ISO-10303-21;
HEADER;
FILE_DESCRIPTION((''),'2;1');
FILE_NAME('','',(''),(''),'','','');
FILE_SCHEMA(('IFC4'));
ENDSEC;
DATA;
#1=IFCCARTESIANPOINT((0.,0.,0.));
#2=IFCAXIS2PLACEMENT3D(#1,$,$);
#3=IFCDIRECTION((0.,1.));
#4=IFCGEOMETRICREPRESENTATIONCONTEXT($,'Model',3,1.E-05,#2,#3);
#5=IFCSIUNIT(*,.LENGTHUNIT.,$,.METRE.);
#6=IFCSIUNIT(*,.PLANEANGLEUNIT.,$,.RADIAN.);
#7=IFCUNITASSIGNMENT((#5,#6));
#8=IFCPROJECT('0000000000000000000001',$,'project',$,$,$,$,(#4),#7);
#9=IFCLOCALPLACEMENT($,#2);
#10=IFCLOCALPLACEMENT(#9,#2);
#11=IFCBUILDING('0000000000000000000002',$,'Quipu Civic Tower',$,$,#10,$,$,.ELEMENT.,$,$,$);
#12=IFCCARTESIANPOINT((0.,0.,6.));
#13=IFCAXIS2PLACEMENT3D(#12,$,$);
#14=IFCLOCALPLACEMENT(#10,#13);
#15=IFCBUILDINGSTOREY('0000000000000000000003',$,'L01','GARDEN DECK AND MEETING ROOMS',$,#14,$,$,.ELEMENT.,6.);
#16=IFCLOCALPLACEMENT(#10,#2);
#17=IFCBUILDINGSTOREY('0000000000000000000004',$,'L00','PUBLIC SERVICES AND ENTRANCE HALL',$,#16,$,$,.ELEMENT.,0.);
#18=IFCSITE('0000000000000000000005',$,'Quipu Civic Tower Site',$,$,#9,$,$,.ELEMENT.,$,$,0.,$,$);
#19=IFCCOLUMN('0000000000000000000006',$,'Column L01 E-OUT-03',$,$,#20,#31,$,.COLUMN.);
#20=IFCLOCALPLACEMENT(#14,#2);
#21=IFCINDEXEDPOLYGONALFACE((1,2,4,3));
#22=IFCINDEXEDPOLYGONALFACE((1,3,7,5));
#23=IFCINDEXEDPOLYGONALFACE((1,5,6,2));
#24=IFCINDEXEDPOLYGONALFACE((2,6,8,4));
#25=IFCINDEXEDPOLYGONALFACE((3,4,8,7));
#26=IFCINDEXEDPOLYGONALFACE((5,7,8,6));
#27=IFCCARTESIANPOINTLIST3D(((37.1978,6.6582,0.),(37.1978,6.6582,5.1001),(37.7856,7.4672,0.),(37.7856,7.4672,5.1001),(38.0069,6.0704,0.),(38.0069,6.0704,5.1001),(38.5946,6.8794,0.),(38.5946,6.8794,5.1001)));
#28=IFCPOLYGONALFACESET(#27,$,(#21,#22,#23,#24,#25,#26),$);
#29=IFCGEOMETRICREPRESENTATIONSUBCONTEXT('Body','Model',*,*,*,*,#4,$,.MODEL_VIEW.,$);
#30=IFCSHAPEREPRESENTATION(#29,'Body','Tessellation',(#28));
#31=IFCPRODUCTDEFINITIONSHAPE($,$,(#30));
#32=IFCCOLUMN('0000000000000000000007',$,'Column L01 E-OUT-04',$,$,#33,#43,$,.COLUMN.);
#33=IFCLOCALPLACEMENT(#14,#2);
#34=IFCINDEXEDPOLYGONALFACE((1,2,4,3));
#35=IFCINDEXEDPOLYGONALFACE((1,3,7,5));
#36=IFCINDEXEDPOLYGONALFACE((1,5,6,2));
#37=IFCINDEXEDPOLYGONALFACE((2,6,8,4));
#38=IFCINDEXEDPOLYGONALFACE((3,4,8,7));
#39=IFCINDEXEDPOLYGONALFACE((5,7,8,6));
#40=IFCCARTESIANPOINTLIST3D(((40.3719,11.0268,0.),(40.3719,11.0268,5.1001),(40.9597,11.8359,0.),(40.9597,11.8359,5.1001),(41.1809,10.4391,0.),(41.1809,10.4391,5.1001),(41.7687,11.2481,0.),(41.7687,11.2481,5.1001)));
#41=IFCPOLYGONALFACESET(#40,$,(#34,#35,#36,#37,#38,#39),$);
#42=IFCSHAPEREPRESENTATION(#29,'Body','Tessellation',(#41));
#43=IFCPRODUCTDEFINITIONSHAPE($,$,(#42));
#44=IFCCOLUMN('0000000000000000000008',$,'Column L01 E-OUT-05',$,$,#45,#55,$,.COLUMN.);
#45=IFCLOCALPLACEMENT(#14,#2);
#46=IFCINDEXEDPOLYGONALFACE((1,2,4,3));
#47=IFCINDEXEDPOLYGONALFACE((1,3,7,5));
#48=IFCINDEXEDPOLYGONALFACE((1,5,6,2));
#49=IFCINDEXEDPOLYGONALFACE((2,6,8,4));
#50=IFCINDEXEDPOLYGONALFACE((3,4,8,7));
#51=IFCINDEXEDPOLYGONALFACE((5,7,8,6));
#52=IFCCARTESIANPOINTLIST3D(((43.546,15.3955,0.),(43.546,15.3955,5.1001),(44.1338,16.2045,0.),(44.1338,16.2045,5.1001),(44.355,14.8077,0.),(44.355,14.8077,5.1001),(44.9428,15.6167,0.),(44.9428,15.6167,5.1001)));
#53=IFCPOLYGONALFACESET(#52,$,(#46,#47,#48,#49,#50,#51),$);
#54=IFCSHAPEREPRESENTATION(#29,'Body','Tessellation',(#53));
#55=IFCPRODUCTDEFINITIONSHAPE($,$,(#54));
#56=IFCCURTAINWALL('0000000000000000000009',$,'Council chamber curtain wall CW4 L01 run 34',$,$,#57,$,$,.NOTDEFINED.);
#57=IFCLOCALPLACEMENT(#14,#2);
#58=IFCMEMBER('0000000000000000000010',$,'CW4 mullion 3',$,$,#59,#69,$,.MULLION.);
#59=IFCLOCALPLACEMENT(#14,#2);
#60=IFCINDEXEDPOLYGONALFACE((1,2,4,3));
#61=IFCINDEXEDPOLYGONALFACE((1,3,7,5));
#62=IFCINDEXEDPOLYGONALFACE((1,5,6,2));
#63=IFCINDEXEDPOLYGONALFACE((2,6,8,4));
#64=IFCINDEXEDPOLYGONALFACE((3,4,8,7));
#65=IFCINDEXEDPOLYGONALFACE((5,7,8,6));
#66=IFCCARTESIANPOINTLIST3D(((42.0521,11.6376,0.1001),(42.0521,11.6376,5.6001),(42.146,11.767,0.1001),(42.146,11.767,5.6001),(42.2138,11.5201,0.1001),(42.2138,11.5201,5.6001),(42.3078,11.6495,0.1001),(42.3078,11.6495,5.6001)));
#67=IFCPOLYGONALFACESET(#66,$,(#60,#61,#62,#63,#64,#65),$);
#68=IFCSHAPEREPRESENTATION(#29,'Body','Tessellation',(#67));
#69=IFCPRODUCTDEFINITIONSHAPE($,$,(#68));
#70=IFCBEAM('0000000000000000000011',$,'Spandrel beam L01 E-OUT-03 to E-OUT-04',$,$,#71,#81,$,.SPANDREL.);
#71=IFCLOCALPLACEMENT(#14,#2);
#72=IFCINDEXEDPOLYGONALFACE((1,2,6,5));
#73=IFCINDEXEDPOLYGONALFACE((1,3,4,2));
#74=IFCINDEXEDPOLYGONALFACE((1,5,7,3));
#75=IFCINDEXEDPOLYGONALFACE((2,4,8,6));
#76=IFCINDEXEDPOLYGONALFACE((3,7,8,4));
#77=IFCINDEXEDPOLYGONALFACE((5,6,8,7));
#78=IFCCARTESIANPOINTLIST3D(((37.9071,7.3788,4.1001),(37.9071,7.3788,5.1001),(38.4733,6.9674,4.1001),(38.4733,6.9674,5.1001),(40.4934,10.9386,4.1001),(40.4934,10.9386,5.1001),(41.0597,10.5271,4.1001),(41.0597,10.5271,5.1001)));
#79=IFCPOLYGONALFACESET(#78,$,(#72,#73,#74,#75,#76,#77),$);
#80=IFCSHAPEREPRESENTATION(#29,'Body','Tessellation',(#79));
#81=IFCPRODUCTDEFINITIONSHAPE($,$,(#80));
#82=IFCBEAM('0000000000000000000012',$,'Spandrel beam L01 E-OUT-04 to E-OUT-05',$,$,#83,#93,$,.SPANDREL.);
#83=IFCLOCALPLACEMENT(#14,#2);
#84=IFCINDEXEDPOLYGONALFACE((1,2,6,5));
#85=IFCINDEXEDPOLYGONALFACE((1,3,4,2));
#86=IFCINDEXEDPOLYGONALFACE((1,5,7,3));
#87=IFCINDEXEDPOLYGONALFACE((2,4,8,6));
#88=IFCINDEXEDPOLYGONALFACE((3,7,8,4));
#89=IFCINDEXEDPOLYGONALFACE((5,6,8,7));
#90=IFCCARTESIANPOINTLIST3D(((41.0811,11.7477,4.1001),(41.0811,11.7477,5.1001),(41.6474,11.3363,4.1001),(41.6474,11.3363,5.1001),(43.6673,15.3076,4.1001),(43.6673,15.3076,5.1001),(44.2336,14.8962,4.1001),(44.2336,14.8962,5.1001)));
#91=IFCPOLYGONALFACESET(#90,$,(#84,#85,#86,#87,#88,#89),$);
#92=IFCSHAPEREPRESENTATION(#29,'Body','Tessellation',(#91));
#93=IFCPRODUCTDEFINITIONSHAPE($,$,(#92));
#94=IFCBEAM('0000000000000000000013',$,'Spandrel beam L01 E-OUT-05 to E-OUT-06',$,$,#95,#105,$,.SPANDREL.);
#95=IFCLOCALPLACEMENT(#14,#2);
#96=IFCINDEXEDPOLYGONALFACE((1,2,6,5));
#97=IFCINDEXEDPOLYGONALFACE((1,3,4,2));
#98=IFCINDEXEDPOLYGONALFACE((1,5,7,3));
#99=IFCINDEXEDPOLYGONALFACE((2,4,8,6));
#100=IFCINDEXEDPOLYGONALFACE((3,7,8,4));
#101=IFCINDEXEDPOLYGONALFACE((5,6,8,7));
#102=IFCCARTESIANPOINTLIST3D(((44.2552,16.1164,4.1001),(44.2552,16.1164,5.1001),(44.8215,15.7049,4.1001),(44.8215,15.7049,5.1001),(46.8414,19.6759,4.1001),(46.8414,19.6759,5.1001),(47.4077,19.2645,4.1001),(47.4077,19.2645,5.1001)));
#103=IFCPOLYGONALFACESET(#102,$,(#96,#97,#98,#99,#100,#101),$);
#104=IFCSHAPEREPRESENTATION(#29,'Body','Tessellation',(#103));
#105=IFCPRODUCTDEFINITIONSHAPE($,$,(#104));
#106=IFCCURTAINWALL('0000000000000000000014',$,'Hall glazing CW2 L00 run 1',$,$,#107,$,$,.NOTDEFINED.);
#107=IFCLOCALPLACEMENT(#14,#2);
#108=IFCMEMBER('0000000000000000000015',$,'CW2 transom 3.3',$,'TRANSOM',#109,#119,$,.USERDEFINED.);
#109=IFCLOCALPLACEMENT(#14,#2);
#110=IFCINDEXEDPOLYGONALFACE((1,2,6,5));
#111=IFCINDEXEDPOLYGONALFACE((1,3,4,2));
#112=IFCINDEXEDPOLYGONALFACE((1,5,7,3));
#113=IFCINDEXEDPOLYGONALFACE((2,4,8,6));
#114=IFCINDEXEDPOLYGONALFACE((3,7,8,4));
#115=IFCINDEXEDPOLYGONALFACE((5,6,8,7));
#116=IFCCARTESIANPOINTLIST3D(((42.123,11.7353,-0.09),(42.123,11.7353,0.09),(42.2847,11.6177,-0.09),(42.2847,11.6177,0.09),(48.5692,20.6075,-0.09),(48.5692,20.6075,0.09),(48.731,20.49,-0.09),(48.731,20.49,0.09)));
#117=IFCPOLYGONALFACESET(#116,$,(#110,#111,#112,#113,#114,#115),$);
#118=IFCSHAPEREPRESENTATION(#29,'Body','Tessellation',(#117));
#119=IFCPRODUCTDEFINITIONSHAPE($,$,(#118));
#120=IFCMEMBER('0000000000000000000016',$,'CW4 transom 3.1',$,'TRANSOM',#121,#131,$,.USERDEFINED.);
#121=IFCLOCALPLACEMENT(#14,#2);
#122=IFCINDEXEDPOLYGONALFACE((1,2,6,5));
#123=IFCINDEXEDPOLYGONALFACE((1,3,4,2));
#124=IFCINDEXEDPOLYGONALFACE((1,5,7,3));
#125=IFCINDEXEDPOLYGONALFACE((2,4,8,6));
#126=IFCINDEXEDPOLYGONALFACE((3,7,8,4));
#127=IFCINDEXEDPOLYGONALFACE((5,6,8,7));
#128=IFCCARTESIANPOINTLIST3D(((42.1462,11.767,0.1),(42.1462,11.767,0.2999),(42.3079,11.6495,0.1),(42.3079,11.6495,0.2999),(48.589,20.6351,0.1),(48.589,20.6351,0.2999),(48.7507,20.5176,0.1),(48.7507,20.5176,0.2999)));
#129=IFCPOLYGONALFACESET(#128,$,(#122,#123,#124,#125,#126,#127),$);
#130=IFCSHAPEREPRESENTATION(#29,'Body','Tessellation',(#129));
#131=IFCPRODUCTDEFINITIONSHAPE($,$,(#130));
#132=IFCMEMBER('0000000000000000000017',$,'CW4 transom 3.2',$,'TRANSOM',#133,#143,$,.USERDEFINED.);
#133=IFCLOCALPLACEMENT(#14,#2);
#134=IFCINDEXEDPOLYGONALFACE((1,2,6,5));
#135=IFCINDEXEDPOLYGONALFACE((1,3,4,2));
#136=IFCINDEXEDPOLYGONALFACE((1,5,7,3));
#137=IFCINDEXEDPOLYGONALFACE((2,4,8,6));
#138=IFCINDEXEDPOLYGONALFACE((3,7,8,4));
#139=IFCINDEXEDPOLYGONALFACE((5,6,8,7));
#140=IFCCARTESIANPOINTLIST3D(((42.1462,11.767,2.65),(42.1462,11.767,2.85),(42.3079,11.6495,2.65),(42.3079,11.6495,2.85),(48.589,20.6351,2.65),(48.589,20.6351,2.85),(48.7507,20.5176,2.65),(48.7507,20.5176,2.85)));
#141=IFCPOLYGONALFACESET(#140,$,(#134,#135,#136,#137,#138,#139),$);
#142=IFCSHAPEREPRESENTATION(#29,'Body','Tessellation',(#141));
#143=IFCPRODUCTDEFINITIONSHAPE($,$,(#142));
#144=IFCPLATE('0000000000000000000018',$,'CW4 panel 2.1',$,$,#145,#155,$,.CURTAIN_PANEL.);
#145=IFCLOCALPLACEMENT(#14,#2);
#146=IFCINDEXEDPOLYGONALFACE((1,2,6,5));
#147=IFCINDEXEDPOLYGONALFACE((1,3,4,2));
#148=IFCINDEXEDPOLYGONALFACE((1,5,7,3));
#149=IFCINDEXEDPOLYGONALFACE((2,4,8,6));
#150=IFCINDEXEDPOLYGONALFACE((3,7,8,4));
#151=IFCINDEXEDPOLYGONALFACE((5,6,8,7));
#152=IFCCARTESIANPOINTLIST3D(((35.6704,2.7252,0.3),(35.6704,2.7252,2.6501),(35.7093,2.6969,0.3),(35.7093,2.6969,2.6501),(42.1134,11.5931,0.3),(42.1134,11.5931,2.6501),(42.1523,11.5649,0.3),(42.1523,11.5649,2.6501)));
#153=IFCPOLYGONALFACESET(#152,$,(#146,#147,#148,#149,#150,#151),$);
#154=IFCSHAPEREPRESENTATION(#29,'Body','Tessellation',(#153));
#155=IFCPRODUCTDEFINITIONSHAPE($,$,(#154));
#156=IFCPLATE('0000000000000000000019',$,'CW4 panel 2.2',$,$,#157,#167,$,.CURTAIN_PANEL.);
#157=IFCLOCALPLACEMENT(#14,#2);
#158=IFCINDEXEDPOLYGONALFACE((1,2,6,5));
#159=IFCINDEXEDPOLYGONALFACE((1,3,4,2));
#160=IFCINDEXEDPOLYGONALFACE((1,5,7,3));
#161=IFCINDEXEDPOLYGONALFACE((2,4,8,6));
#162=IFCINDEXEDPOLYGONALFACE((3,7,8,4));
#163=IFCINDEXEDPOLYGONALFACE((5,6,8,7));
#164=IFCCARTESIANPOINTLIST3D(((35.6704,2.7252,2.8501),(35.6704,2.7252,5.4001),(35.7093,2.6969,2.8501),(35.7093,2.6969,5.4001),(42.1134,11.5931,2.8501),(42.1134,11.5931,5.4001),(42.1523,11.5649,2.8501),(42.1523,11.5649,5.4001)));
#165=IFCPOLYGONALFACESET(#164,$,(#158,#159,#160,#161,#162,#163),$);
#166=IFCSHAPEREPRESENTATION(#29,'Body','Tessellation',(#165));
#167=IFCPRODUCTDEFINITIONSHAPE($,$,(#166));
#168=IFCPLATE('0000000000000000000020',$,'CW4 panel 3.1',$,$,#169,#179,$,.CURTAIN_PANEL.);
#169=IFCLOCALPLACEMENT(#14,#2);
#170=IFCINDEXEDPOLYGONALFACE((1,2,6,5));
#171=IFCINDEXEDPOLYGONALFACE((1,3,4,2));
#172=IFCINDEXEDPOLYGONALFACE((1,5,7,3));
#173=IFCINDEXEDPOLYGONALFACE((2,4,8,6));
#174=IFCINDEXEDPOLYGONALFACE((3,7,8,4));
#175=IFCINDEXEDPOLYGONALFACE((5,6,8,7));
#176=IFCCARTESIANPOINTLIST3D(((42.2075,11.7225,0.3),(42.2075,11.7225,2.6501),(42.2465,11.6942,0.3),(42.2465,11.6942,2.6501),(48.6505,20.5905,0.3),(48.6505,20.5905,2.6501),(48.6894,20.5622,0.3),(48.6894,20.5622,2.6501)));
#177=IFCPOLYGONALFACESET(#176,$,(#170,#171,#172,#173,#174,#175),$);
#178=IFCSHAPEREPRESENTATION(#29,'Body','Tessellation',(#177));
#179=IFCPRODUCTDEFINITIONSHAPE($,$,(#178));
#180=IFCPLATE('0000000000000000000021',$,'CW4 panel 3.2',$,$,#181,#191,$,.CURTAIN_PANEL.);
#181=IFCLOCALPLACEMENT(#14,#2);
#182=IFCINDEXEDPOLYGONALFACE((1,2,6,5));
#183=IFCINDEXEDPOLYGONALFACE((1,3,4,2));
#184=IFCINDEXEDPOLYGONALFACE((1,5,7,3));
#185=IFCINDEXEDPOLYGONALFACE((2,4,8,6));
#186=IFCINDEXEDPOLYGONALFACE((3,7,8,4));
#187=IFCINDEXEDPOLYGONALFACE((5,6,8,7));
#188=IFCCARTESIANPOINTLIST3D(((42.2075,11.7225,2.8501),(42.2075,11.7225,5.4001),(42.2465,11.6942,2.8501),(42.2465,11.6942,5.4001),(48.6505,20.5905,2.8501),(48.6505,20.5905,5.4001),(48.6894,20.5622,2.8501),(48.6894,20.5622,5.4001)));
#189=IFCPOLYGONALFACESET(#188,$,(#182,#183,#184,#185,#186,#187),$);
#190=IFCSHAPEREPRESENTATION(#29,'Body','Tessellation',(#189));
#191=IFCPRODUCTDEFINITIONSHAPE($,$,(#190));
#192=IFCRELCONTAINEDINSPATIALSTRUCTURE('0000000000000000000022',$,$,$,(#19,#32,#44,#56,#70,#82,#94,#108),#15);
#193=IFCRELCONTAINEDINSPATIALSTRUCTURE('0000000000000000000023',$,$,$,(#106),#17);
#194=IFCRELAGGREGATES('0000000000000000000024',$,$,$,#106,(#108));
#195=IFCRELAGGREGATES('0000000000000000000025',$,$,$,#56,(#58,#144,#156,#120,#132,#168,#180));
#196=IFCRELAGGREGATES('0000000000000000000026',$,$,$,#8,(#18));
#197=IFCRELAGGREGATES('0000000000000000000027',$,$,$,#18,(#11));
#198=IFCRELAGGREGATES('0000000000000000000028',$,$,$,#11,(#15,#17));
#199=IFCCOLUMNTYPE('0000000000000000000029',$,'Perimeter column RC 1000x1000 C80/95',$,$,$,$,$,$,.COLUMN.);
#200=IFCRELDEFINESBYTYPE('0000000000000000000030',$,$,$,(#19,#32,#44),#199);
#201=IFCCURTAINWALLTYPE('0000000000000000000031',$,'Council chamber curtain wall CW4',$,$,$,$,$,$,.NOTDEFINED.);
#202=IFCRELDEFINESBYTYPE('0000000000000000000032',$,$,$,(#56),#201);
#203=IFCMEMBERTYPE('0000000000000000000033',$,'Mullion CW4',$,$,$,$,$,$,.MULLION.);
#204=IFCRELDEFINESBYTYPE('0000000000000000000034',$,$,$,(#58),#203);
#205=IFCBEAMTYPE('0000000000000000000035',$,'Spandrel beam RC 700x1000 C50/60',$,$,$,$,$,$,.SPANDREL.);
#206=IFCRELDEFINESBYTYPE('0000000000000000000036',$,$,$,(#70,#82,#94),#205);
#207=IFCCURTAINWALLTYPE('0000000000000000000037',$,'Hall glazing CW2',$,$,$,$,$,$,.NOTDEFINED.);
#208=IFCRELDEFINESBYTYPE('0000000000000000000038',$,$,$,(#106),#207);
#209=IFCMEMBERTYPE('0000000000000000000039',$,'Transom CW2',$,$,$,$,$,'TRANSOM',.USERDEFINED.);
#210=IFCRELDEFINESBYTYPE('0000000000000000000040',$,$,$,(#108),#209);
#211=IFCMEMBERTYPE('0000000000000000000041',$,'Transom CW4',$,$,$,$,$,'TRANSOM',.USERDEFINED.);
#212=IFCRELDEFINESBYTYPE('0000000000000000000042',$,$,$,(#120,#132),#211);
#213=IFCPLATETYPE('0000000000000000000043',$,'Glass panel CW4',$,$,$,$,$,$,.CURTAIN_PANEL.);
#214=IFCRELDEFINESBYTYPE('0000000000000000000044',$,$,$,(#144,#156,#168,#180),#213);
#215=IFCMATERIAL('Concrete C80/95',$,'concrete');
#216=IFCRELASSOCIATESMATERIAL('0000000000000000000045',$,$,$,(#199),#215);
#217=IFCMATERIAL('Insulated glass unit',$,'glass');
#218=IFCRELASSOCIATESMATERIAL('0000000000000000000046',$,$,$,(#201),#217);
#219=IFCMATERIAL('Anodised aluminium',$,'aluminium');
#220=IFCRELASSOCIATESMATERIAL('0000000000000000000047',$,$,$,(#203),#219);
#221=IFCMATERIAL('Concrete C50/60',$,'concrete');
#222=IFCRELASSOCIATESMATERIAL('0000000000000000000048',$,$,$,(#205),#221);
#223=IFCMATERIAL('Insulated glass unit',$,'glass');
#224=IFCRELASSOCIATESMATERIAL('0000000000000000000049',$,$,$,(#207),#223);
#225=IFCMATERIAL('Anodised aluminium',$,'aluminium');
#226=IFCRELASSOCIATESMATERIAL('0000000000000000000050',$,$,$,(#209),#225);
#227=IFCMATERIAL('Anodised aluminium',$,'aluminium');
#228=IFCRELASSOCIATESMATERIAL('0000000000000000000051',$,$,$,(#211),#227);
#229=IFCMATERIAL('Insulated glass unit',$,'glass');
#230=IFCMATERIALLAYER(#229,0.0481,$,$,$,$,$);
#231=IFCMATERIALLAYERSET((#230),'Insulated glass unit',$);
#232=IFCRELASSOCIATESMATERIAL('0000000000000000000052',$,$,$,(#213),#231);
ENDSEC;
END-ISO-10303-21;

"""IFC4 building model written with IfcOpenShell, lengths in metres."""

from ifc_helpers import new_model, si_unit, direction, frame, origin, origin_2d, place, context, subcontext, project, spatial, rectangle, extrude, material, layer, layer_set, material_profile, profile_set, type_object, element, aggregate, save


model = new_model("IFC4")

# Units and contexts
model_context = context("Model", 3, precision=1e-05, world=origin(), true_north=direction((0.0, 1.0)))
body_context = subcontext(model_context, "Body", "Model", "MODEL_VIEW")
ifc_project = project(units=[si_unit("LENGTHUNIT", "METRE"), si_unit("PLANEANGLEUNIT", "RADIAN")], contexts=[model_context])

# Site, building, storey
site_placement = place(None, origin())
site = spatial("IfcSite", under=ifc_project, at=site_placement, Name="Quipu Civic Tower Site", CompositionType="ELEMENT", RefElevation=0.0)
building_placement = place(site_placement, origin())
building = spatial("IfcBuilding", under=site, at=building_placement, Name="Quipu Civic Tower", CompositionType="ELEMENT")
storey_1_placement = place(building_placement, frame((0.0, 0.0, 6.0)))
storey_1 = spatial("IfcBuildingStorey", under=building, at=storey_1_placement, Name="L01", Description="GARDEN DECK AND MEETING ROOMS", CompositionType="ELEMENT", Elevation=6.0)

# Columns
ifc_material_1 = material(Name="Concrete C80/95", Category="concrete")
ifc_material_profile_1 = material_profile(ifc_material_1, rectangle(XDim=1.0, YDim=1.0, at=origin_2d()), Name="RC1000x1000")
ifc_profile_set_1 = profile_set([ifc_material_profile_1], Name="Concrete C80/95")
column_type = type_object("IfcColumnType", Name="Perimeter column RC 1000x1000 C80/95", PredefinedType="COLUMN", material=ifc_profile_set_1)
for number, where, z_axis, x_axis, name in (
    (1, (37.8962, 6.7688, 0.0), (0.0, 0.0, 1.0), (0.587785, 0.809017, 0.0), "Column L01 E-OUT-03"),
    (2, (41.0703, 11.1375, 0.0), (0.0, 0.0, 1.0), (0.587785, 0.809017, 0.0), "Column L01 E-OUT-04"),
    (3, (44.2444, 15.5061, 0.0), (0.0, 0.0, 1.0), (0.587785, 0.809017, 0.0), "Column L01 E-OUT-05"),
):
    element("IfcColumn", number, at=place(storey_1_placement, frame(where, z_axis=z_axis, x_axis=x_axis)), inside=storey_1, type_object=column_type, Name=name, PredefinedType="COLUMN", context=body_context, shape_type="SweptSolid", body=[
        extrude(rectangle(XDim=1.0, YDim=1.0, at=origin_2d()), origin(), (0.0, 0.0, 1.0), 5.1001),
    ])

# Curtain wall, member
ifc_material_2 = material(Name="Insulated glass unit", Category="glass")
curtain_wall_type_1 = type_object("IfcCurtainWallType", Name="Council chamber curtain wall CW4", PredefinedType="NOTDEFINED", material=ifc_material_2)
curtain_wall_1_placement = place(storey_1_placement, origin())
curtain_wall_1 = element("IfcCurtainWall", 4, at=curtain_wall_1_placement, inside=storey_1, type_object=curtain_wall_type_1, Name="Council chamber curtain wall CW4 L01 run 34", PredefinedType="NOTDEFINED")
ifc_material_3 = material(Name="Anodised aluminium", Category="aluminium")
ifc_material_profile_2 = material_profile(ifc_material_3, rectangle(XDim=0.2, YDim=0.1599, at=origin_2d()), Name="RECT 200x160")
ifc_profile_set_2 = profile_set([ifc_material_profile_2], Name="Anodised aluminium")
member_type_1 = type_object("IfcMemberType", Name="Mullion CW4", PredefinedType="MULLION", material=ifc_profile_set_2)
member_1_placement = place(storey_1_placement, frame((42.1799, 11.6436, 0.1001), z_axis=(0.0, 0.0, 1.0), x_axis=(-0.809017, 0.587785, 0.0)))
member_1 = element("IfcMember", 5, at=member_1_placement, type_object=member_type_1, Name="CW4 mullion 3", PredefinedType="MULLION", context=body_context, shape_type="SweptSolid", body=[
    extrude(rectangle(XDim=0.2, YDim=0.1599, at=origin_2d()), origin(), (0.0, 0.0, 1.0), 5.5),
])

# Beams
ifc_material_4 = material(Name="Concrete C50/60", Category="concrete")
ifc_material_profile_3 = material_profile(ifc_material_4, rectangle(XDim=0.7, YDim=1.0, at=origin_2d()), Name="RC700x1000")
ifc_profile_set_3 = profile_set([ifc_material_profile_3], Name="Concrete C50/60")
beam_type = type_object("IfcBeamType", Name="Spandrel beam RC 700x1000 C50/60", PredefinedType="SPANDREL", material=ifc_profile_set_3)
for number, where, z_axis, x_axis, name in (
    (6, (38.1902, 7.1731, 4.6001), (0.587796, 0.80901, 0.0), (-0.80901, 0.587796, 0.0), "Spandrel beam L01 E-OUT-03 to E-OUT-04"),
    (7, (41.3643, 11.542, 4.6001), (0.587759, 0.809036, 0.0), (-0.809036, 0.587759, 0.0), "Spandrel beam L01 E-OUT-04 to E-OUT-05"),
):
    element("IfcBeam", number, at=place(storey_1_placement, frame(where, z_axis=z_axis, x_axis=x_axis)), inside=storey_1, type_object=beam_type, Name=name, PredefinedType="SPANDREL", context=body_context, shape_type="SweptSolid", body=[
        extrude(rectangle(XDim=0.7, YDim=1.0, at=origin_2d()), origin(), (0.0, 0.0, 1.0), 4.4001),
    ])
beam_placement = place(storey_1_placement, frame((44.5383, 15.9106, 4.6001), z_axis=(0.587786, 0.809017, 0.0), x_axis=(-0.809017, 0.587786, 0.0)))
element("IfcBeam", 8, at=beam_placement, inside=storey_1, type_object=beam_type, Name="Spandrel beam L01 E-OUT-05 to E-OUT-06", PredefinedType="SPANDREL", context=body_context, shape_type="SweptSolid", body=[
    extrude(rectangle(XDim=0.7, YDim=1.0, at=origin_2d()), origin(), (0.0, 0.0, 1.0), 4.3999),
])

# Shared definitions
storey_2_placement = place(building_placement, origin())
storey_2 = spatial("IfcBuildingStorey", under=building, at=storey_2_placement, Name="L00", Description="PUBLIC SERVICES AND ENTRANCE HALL", CompositionType="ELEMENT", Elevation=0.0)

# Curtain wall, member
ifc_material_5 = material(Name="Insulated glass unit", Category="glass")
curtain_wall_type_2 = type_object("IfcCurtainWallType", Name="Hall glazing CW2", PredefinedType="NOTDEFINED", material=ifc_material_5)
curtain_wall_2_placement = place(storey_2_placement, origin())
curtain_wall_2 = element("IfcCurtainWall", 9, at=curtain_wall_2_placement, inside=storey_2, type_object=curtain_wall_type_2, Name="Hall glazing CW2 L00 run 1", PredefinedType="NOTDEFINED")
ifc_material_6 = material(Name="Anodised aluminium", Category="aluminium")
ifc_material_profile_4 = material_profile(ifc_material_6, rectangle(XDim=0.2, YDim=0.1799, at=origin_2d()), Name="RECT 200x180")
ifc_profile_set_4 = profile_set([ifc_material_profile_4], Name="Anodised aluminium")
member_type_2 = type_object("IfcMemberType", Name="Transom CW2", ElementType="TRANSOM", PredefinedType="USERDEFINED", material=ifc_profile_set_4)
member_2_placement = place(storey_1_placement, frame((42.2039, 11.6765, 0.0), z_axis=(0.587796, 0.809009, 0.0), x_axis=(-0.809009, 0.587796, 0.0)))
member_2 = element("IfcMember", 10, at=member_2_placement, inside=storey_1, type_object=member_type_2, Name="CW2 transom 3.3", ObjectType="TRANSOM", PredefinedType="USERDEFINED", context=body_context, shape_type="SweptSolid", body=[
    extrude(rectangle(XDim=0.2, YDim=0.1799, at=origin_2d()), origin(), (0.0, 0.0, 1.0), 10.9668),
])
aggregate(curtain_wall_2, [member_2])

# Members
ifc_material_7 = material(Name="Anodised aluminium", Category="aluminium")
ifc_material_profile_5 = material_profile(ifc_material_7, rectangle(XDim=0.2, YDim=0.2, at=origin_2d()), Name="RECT 200x200")
ifc_profile_set_5 = profile_set([ifc_material_profile_5], Name="Anodised aluminium")
member_type_3 = type_object("IfcMemberType", Name="Transom CW4", ElementType="TRANSOM", PredefinedType="USERDEFINED", material=ifc_profile_set_5)
member_3_placement = place(storey_1_placement, frame((42.2271, 11.7083, 0.2), z_axis=(0.587772, 0.809027, 0.0), x_axis=(-0.809027, 0.587772, 0.0)))
member_3 = element("IfcMember", 11, at=member_3_placement, type_object=member_type_3, Name="CW4 transom 3.1", ObjectType="TRANSOM", PredefinedType="USERDEFINED", context=body_context, shape_type="SweptSolid", body=[
    extrude(rectangle(XDim=0.2, YDim=0.2, at=origin_2d()), origin(), (0.0, 0.0, 1.0), 10.9614),
])
member_4_placement = place(storey_1_placement, frame((42.2271, 11.7083, 2.75), z_axis=(0.587772, 0.809027, 0.0), x_axis=(-0.809027, 0.587772, 0.0)))
member_4 = element("IfcMember", 12, at=member_4_placement, type_object=member_type_3, Name="CW4 transom 3.2", ObjectType="TRANSOM", PredefinedType="USERDEFINED", context=body_context, shape_type="SweptSolid", body=[
    extrude(rectangle(XDim=0.2, YDim=0.2, at=origin_2d()), origin(), (0.0, 0.0, 1.0), 10.9614),
])

# Plates
ifc_material_8 = material(Name="Insulated glass unit", Category="glass")
ifc_layer = layer(ifc_material_8, 0.0481)
ifc_layer_set = layer_set([ifc_layer], Name="Insulated glass unit")
plate_type_1 = type_object("IfcPlateType", Name="Glass panel CW4", PredefinedType="CURTAIN_PANEL", material=ifc_layer_set)
plate_1_placement = place(storey_1_placement, frame((38.9114, 7.145, 0.3), z_axis=(0.0, 0.0, 1.0), x_axis=(0.587785, 0.809017, 0.0)))
plate_1 = element("IfcPlate", 13, at=plate_1_placement, type_object=plate_type_1, Name="CW4 panel 2.1", PredefinedType="CURTAIN_PANEL", context=body_context, shape_type="SweptSolid", body=[
    extrude(rectangle(XDim=10.9614, YDim=0.0481, at=origin_2d()), origin(), (0.0, 0.0, 1.0), 2.3501),
])
plate_2_placement = place(storey_1_placement, frame((38.9114, 7.145, 2.8501), z_axis=(0.0, 0.0, 1.0), x_axis=(0.587785, 0.809017, 0.0)))
plate_2 = element("IfcPlate", 14, at=plate_2_placement, type_object=plate_type_1, Name="CW4 panel 2.2", PredefinedType="CURTAIN_PANEL", context=body_context, shape_type="SweptSolid", body=[
    extrude(rectangle(XDim=10.9614, YDim=0.0481, at=origin_2d()), origin(), (0.0, 0.0, 1.0), 2.55),
])
plate_3_placement = place(storey_1_placement, frame((45.4485, 16.1423, 0.3), z_axis=(0.0, 0.0, 1.0), x_axis=(0.587785, 0.809017, 0.0)))
plate_3 = element("IfcPlate", 15, at=plate_3_placement, type_object=plate_type_1, Name="CW4 panel 3.1", PredefinedType="CURTAIN_PANEL", context=body_context, shape_type="SweptSolid", body=[
    extrude(rectangle(XDim=10.9614, YDim=0.0481, at=origin_2d()), origin(), (0.0, 0.0, 1.0), 2.3501),
])
plate_4_placement = place(storey_1_placement, frame((45.4485, 16.1423, 2.8501), z_axis=(0.0, 0.0, 1.0), x_axis=(0.587785, 0.809017, 0.0)))
plate_4 = element("IfcPlate", 16, at=plate_4_placement, type_object=plate_type_1, Name="CW4 panel 3.2", PredefinedType="CURTAIN_PANEL", context=body_context, shape_type="SweptSolid", body=[
    extrude(rectangle(XDim=10.9614, YDim=0.0481, at=origin_2d()), origin(), (0.0, 0.0, 1.0), 2.55),
])
aggregate(curtain_wall_1, [member_1, plate_1, plate_2, member_3, member_4, plate_3, plate_4])

save(model, "model.ifc")
